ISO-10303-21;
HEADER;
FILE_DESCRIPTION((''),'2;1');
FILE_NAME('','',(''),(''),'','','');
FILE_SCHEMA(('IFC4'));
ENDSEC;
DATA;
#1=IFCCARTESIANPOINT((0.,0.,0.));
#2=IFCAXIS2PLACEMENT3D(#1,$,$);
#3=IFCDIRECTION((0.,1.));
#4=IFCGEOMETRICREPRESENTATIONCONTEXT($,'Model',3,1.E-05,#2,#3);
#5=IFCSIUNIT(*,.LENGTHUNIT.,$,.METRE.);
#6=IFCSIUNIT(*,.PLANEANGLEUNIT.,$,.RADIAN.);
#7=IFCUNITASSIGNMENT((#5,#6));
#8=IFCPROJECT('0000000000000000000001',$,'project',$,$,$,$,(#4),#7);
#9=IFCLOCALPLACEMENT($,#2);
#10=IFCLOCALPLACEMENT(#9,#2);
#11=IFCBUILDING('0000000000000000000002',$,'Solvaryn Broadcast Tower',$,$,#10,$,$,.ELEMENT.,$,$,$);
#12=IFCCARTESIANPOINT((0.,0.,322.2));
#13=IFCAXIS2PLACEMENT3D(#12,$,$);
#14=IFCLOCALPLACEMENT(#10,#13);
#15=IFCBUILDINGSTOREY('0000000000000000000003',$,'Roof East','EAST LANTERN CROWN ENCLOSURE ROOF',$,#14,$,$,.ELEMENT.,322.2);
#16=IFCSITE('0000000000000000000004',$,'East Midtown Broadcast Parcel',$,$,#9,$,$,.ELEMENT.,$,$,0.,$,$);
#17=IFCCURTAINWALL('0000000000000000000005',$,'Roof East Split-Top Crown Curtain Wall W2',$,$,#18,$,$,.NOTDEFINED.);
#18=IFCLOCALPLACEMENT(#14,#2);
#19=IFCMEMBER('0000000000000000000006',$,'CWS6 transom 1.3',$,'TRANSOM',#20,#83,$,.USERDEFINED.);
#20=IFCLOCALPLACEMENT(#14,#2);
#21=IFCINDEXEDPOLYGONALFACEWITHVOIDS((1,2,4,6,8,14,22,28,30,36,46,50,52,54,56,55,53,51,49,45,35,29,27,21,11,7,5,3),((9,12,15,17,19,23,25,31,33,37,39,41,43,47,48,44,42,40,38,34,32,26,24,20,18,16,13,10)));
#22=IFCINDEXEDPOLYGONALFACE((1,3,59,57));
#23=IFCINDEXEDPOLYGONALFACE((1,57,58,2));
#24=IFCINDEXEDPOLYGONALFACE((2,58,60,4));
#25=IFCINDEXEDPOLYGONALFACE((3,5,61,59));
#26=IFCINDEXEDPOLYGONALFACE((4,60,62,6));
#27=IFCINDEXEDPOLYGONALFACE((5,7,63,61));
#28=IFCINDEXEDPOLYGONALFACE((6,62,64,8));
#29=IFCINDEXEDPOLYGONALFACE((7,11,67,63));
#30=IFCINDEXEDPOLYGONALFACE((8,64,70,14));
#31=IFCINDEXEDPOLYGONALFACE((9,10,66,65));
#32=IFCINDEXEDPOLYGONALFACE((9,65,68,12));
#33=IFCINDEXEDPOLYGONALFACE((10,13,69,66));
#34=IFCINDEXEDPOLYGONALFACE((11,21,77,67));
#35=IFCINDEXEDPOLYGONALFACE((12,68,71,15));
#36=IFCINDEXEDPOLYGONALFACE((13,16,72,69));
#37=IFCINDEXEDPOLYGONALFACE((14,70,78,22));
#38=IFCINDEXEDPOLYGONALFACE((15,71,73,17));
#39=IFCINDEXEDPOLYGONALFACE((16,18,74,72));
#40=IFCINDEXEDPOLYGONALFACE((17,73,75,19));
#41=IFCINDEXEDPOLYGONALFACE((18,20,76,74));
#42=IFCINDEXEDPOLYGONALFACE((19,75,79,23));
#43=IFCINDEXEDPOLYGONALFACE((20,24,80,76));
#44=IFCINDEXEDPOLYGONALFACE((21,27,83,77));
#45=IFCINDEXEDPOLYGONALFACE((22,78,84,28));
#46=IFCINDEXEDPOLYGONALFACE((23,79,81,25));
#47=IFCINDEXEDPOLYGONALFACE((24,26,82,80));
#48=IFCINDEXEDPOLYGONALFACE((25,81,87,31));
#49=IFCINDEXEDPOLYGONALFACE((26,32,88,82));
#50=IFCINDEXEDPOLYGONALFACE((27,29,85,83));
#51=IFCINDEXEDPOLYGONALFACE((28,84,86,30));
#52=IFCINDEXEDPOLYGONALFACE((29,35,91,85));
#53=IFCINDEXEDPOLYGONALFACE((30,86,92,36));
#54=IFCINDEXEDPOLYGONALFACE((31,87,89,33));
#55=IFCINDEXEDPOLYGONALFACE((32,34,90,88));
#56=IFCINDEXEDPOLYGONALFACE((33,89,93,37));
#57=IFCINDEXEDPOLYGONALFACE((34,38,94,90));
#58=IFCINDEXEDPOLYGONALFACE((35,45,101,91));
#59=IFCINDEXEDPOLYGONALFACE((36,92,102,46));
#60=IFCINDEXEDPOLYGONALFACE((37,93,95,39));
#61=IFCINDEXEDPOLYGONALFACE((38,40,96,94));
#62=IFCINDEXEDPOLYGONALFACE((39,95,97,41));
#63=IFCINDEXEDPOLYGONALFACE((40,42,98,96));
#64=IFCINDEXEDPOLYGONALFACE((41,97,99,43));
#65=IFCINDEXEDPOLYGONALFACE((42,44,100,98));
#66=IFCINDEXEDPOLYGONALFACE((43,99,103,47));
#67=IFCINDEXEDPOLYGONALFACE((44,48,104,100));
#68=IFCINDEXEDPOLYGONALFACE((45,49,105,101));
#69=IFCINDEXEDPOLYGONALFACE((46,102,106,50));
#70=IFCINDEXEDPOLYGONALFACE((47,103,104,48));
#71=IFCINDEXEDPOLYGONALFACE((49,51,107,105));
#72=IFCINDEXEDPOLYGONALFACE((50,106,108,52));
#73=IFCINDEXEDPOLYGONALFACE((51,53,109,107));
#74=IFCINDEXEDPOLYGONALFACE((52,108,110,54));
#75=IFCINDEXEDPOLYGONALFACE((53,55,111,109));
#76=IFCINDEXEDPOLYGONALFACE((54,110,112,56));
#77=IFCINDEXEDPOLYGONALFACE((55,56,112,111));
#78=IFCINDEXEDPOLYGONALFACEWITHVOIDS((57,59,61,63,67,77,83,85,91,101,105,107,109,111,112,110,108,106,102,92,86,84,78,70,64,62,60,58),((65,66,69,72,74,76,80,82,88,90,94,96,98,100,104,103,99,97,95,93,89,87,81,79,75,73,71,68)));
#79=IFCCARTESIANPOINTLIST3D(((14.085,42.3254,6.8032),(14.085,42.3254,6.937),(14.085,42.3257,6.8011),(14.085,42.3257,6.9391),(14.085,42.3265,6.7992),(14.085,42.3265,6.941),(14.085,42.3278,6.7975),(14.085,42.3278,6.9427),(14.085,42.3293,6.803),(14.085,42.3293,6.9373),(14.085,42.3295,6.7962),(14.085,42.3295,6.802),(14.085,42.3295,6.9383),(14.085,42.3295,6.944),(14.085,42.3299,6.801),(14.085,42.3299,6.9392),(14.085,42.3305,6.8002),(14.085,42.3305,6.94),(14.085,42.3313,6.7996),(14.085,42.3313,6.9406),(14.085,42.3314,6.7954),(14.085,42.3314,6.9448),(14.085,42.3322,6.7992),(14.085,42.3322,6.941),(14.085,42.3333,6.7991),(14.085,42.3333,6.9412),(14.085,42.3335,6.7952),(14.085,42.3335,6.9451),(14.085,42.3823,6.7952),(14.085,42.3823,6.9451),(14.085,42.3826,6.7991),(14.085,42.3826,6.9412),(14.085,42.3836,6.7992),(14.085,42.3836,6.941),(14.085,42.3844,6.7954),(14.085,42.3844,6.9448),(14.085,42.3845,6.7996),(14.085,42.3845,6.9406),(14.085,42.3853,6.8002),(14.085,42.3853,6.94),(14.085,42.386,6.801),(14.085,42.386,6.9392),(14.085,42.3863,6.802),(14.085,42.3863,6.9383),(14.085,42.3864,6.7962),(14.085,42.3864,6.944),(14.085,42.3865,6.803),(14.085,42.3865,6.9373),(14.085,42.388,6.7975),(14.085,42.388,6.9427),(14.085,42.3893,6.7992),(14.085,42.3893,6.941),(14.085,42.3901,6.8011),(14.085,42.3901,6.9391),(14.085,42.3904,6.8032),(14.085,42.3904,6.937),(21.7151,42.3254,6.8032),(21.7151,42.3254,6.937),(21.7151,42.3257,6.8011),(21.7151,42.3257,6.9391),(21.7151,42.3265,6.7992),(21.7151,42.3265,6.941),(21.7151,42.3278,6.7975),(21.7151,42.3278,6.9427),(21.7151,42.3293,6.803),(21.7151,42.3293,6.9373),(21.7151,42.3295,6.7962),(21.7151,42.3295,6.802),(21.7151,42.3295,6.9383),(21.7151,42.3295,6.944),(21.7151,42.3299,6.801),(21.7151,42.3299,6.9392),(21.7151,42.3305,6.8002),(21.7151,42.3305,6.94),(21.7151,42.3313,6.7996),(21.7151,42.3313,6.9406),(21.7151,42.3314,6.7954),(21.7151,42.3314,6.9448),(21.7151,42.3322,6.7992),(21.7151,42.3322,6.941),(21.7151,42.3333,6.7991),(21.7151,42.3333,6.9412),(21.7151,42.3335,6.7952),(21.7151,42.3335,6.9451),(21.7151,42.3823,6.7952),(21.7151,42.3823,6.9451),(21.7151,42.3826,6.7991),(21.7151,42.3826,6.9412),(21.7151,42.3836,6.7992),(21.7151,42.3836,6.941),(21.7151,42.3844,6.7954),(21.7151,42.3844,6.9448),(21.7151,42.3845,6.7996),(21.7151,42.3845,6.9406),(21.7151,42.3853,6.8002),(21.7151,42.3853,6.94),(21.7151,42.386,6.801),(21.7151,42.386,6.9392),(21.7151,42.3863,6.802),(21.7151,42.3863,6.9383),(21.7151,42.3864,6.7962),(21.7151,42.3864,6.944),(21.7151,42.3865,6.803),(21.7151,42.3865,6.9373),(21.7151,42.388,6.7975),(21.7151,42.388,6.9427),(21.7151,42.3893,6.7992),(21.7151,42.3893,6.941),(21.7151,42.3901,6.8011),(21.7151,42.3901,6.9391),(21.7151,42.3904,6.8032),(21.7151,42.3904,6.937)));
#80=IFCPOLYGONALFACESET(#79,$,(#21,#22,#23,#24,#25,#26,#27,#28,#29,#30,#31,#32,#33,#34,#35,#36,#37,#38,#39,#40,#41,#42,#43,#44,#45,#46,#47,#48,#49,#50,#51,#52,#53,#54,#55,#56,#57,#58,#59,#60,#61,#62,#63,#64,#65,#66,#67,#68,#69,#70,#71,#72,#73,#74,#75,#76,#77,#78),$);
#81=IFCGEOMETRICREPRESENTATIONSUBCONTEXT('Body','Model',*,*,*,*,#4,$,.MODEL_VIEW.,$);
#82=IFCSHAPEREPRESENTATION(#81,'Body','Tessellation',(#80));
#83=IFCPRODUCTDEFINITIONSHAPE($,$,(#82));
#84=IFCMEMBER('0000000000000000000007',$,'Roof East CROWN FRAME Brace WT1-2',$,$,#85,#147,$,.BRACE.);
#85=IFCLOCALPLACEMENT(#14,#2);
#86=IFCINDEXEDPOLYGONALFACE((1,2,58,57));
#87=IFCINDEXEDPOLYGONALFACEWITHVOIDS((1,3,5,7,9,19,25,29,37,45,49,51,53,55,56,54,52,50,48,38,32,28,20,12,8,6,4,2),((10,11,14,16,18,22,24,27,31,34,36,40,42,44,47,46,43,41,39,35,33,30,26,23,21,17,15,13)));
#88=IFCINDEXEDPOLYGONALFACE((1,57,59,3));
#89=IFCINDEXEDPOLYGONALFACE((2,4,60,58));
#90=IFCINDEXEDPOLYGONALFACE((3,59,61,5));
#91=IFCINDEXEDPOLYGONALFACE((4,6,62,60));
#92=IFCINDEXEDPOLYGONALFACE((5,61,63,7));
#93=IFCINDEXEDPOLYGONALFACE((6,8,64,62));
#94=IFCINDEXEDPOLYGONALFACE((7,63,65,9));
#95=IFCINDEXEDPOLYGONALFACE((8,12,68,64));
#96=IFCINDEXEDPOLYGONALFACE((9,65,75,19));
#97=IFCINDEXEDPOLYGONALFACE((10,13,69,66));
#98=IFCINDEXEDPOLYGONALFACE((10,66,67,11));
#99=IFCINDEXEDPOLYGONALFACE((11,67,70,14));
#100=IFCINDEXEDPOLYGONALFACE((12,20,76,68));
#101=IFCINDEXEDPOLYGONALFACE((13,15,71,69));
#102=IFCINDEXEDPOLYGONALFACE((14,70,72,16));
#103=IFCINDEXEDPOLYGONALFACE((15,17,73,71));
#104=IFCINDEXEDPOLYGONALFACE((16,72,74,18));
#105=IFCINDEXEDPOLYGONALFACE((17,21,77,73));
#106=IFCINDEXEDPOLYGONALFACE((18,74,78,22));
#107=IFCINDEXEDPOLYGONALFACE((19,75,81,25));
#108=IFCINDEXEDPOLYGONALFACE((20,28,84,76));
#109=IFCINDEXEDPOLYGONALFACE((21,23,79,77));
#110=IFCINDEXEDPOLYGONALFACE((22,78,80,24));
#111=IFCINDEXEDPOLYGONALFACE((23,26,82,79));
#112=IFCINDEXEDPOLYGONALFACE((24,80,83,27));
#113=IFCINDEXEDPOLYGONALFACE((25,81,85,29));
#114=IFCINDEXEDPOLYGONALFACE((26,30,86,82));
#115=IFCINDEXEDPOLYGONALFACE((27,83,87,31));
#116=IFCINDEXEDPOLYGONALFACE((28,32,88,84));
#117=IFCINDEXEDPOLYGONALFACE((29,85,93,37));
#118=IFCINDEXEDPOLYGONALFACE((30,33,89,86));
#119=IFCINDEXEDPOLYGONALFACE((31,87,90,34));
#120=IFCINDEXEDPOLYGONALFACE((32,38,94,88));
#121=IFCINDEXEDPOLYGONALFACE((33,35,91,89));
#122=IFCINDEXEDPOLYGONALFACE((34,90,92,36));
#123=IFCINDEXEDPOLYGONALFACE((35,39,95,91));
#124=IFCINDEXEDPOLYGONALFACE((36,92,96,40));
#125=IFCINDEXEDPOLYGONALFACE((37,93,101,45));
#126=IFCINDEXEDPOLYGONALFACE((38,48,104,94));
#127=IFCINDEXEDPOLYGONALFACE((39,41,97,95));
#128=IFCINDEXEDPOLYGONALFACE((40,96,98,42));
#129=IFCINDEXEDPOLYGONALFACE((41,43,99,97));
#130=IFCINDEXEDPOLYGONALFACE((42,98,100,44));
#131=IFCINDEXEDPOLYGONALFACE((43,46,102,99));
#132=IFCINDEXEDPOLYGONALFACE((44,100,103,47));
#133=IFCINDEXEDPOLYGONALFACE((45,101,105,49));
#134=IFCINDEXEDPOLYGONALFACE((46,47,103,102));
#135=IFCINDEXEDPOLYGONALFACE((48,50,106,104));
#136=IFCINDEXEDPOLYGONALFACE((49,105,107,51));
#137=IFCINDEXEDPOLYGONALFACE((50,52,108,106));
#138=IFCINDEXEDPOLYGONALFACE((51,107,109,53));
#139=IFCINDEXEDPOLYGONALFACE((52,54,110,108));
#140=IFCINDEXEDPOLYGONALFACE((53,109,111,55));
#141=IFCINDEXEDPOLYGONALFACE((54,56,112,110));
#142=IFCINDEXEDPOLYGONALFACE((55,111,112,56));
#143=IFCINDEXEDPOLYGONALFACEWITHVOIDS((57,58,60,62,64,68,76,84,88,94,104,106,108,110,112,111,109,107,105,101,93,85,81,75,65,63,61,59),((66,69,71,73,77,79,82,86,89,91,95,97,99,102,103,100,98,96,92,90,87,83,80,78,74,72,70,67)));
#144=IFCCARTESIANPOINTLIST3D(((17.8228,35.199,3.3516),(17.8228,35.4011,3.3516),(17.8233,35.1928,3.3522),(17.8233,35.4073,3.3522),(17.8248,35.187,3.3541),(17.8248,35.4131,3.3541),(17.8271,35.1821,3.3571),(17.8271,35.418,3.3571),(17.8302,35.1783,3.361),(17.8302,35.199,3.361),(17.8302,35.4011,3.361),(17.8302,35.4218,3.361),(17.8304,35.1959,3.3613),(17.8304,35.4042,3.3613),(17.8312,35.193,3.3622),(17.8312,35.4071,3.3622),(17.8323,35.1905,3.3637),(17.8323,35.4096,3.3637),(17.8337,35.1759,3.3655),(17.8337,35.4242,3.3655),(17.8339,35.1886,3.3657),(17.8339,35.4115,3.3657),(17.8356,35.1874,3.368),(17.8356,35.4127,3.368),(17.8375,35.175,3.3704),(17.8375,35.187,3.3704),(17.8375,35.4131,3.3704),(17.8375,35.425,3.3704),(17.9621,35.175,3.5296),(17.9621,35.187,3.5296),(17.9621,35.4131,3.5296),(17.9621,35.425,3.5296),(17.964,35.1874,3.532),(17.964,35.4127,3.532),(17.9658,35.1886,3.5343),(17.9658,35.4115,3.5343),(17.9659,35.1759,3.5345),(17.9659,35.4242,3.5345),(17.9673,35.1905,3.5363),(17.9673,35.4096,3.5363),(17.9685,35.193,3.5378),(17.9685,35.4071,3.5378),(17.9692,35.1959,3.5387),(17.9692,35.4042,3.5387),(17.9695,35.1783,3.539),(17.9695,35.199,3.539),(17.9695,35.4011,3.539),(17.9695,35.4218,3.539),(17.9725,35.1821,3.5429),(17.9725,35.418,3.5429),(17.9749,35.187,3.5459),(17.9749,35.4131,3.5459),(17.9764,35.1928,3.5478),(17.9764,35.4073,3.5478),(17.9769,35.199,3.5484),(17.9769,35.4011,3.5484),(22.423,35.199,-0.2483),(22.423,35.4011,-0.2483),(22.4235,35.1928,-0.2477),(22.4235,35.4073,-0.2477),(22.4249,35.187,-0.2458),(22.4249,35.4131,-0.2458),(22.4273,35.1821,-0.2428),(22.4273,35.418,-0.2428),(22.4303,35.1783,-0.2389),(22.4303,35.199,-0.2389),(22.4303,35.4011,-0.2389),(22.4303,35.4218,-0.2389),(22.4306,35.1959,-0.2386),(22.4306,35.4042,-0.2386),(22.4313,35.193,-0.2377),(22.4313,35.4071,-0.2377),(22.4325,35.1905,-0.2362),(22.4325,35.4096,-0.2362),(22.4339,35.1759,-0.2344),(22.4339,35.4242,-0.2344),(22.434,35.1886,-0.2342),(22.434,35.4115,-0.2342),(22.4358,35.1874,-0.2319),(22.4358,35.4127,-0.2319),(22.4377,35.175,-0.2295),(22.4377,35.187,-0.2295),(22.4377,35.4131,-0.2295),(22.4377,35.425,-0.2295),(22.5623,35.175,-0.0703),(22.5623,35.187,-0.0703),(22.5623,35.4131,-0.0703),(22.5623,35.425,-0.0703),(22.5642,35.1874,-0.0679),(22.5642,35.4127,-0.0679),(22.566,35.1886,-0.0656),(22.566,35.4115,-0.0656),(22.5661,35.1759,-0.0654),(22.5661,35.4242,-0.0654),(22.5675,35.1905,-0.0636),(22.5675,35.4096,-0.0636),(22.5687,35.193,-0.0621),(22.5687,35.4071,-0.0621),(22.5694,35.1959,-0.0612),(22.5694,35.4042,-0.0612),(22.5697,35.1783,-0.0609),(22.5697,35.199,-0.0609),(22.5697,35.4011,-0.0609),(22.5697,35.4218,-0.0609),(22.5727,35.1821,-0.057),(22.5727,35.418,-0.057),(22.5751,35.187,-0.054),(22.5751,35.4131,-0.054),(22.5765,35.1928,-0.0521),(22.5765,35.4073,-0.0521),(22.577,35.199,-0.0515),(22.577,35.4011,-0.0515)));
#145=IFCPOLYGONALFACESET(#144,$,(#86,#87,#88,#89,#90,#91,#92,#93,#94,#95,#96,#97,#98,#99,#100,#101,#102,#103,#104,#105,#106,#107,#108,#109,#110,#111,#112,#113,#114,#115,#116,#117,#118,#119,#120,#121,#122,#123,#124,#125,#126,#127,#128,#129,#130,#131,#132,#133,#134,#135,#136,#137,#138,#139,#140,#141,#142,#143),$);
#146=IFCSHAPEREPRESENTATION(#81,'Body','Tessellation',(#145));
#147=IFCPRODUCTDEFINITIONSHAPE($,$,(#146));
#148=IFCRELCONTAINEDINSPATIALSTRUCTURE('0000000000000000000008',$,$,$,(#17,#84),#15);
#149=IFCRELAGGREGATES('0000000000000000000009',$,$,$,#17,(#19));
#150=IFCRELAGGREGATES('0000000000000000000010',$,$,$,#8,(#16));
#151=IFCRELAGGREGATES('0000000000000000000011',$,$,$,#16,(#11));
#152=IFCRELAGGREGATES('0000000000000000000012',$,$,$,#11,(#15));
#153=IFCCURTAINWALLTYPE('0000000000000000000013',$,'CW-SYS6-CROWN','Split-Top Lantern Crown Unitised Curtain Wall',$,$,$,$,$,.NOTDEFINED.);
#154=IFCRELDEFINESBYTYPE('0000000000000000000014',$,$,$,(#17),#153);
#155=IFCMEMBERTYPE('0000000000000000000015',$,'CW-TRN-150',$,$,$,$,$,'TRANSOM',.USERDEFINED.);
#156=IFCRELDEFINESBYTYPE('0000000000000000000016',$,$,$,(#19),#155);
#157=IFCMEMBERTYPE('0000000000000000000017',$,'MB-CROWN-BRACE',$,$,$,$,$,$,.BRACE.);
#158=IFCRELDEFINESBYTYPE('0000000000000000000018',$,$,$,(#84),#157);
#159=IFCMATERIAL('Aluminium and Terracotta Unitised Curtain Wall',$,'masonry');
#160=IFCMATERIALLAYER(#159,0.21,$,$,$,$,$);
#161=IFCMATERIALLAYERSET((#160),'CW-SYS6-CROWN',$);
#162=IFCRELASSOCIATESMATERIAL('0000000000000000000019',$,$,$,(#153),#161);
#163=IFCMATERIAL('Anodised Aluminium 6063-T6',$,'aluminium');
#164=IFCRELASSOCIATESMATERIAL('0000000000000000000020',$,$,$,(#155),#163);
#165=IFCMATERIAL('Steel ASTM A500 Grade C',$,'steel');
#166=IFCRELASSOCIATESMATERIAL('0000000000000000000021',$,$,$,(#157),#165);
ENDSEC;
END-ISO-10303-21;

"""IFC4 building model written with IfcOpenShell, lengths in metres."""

from ifc_helpers import new_model, si_unit, direction, frame, origin, origin_2d, place, context, subcontext, project, spatial, hollow_rectangle, extrude, material, layer, layer_set, material_profile, profile_set, type_object, element, aggregate, save


model = new_model("IFC4")

# Units and contexts
model_context = context("Model", 3, precision=1e-05, world=origin(), true_north=direction((0.0, 1.0)))
body_context = subcontext(model_context, "Body", "Model", "MODEL_VIEW")
ifc_project = project(units=[si_unit("LENGTHUNIT", "METRE"), si_unit("PLANEANGLEUNIT", "RADIAN")], contexts=[model_context])

# Site, building, storey
site_placement = place(None, origin())
site = spatial("IfcSite", under=ifc_project, at=site_placement, Name="East Midtown Broadcast Parcel", CompositionType="ELEMENT", RefElevation=0.0)
building_placement = place(site_placement, origin())
building = spatial("IfcBuilding", under=site, at=building_placement, Name="Solvaryn Broadcast Tower", CompositionType="ELEMENT")
storey_placement = place(building_placement, frame((0.0, 0.0, 322.2)))
storey = spatial("IfcBuildingStorey", under=building, at=storey_placement, Name="Roof East", Description="EAST LANTERN CROWN ENCLOSURE ROOF", CompositionType="ELEMENT", Elevation=322.2)

# Shared definitions
ifc_material_1 = material(Name="Aluminium and Terracotta Unitised Curtain Wall", Category="masonry")
ifc_layer_1 = layer(ifc_material_1, 0.21)
ifc_layer_set_1 = layer_set([ifc_layer_1], Name="CW-SYS6-CROWN")
curtain_wall_type = type_object("IfcCurtainWallType", Name="CW-SYS6-CROWN", Description="Split-Top Lantern Crown Unitised Curtain Wall", PredefinedType="NOTDEFINED", material=ifc_layer_set_1)

# Curtain wall
curtain_wall_1_placement = place(storey_placement, origin())
curtain_wall_1 = element("IfcCurtainWall", 1, at=curtain_wall_1_placement, inside=storey, type_object=curtain_wall_type, Name="Roof East Split-Top Crown Curtain Wall W2", PredefinedType="NOTDEFINED")

# Member
ifc_material_2 = material(Name="Anodised Aluminium 6063-T6", Category="aluminium")
ifc_material_profile_1 = material_profile(ifc_material_2, hollow_rectangle(XDim=0.0649, YDim=0.1499, WallThickness=0.0039, InnerFilletRadius=0.0039, OuterFilletRadius=0.0081, at=origin_2d()))
ifc_profile_set_1 = profile_set([ifc_material_profile_1], Name="Anodised Aluminium 6063-T6")
member_type_1 = type_object("IfcMemberType", Name="CW-TRN-150", ElementType="TRANSOM", PredefinedType="USERDEFINED", material=ifc_profile_set_1)
member_1_placement = place(storey_placement, frame((21.7151, 42.3579, 6.8701), z_axis=(-1.0, 0.0, 0.0), x_axis=(0.0, -1.0, 0.0)))
member_1 = element("IfcMember", 2, at=member_1_placement, type_object=member_type_1, Name="CWS6 transom 1.3", ObjectType="TRANSOM", PredefinedType="USERDEFINED", context=body_context, shape_type="SweptSolid", body=[
    extrude(hollow_rectangle(XDim=0.0649, YDim=0.1499, WallThickness=0.0039, InnerFilletRadius=0.0039, OuterFilletRadius=0.0081, at=origin_2d()), origin(), (0.0, 0.0, 1.0), 7.6301),
])

# Member
ifc_material_3 = material(Name="Steel ASTM A500 Grade C", Category="steel")
ifc_material_profile_2 = material_profile(ifc_material_3, hollow_rectangle(XDim=0.25, YDim=0.25, WallThickness=0.012, InnerFilletRadius=0.012, OuterFilletRadius=0.0239, at=origin_2d()))
ifc_profile_set_2 = profile_set([ifc_material_profile_2], Name="Steel ASTM A500 Grade C")
member_type_2 = type_object("IfcMemberType", Name="MB-CROWN-BRACE", PredefinedType="BRACE", material=ifc_profile_set_2)
member_2_placement = place(storey_placement, frame((22.5, 35.3, -0.1499), z_axis=(-0.787524, 0.0, 0.616285), x_axis=(0.0, -1.0, 0.0)))
element("IfcMember", 3, at=member_2_placement, inside=storey, type_object=member_type_2, Name="Roof East CROWN FRAME Brace WT1-2", PredefinedType="BRACE", context=body_context, shape_type="SweptSolid", body=[
    extrude(hollow_rectangle(XDim=0.25, YDim=0.25, WallThickness=0.012, InnerFilletRadius=0.012, OuterFilletRadius=0.0239, at=origin_2d()), origin(), (0.0, 0.0, 1.0), 5.8413),
])

aggregate(curtain_wall_1, [member_1])

save(model, "model.ifc")
